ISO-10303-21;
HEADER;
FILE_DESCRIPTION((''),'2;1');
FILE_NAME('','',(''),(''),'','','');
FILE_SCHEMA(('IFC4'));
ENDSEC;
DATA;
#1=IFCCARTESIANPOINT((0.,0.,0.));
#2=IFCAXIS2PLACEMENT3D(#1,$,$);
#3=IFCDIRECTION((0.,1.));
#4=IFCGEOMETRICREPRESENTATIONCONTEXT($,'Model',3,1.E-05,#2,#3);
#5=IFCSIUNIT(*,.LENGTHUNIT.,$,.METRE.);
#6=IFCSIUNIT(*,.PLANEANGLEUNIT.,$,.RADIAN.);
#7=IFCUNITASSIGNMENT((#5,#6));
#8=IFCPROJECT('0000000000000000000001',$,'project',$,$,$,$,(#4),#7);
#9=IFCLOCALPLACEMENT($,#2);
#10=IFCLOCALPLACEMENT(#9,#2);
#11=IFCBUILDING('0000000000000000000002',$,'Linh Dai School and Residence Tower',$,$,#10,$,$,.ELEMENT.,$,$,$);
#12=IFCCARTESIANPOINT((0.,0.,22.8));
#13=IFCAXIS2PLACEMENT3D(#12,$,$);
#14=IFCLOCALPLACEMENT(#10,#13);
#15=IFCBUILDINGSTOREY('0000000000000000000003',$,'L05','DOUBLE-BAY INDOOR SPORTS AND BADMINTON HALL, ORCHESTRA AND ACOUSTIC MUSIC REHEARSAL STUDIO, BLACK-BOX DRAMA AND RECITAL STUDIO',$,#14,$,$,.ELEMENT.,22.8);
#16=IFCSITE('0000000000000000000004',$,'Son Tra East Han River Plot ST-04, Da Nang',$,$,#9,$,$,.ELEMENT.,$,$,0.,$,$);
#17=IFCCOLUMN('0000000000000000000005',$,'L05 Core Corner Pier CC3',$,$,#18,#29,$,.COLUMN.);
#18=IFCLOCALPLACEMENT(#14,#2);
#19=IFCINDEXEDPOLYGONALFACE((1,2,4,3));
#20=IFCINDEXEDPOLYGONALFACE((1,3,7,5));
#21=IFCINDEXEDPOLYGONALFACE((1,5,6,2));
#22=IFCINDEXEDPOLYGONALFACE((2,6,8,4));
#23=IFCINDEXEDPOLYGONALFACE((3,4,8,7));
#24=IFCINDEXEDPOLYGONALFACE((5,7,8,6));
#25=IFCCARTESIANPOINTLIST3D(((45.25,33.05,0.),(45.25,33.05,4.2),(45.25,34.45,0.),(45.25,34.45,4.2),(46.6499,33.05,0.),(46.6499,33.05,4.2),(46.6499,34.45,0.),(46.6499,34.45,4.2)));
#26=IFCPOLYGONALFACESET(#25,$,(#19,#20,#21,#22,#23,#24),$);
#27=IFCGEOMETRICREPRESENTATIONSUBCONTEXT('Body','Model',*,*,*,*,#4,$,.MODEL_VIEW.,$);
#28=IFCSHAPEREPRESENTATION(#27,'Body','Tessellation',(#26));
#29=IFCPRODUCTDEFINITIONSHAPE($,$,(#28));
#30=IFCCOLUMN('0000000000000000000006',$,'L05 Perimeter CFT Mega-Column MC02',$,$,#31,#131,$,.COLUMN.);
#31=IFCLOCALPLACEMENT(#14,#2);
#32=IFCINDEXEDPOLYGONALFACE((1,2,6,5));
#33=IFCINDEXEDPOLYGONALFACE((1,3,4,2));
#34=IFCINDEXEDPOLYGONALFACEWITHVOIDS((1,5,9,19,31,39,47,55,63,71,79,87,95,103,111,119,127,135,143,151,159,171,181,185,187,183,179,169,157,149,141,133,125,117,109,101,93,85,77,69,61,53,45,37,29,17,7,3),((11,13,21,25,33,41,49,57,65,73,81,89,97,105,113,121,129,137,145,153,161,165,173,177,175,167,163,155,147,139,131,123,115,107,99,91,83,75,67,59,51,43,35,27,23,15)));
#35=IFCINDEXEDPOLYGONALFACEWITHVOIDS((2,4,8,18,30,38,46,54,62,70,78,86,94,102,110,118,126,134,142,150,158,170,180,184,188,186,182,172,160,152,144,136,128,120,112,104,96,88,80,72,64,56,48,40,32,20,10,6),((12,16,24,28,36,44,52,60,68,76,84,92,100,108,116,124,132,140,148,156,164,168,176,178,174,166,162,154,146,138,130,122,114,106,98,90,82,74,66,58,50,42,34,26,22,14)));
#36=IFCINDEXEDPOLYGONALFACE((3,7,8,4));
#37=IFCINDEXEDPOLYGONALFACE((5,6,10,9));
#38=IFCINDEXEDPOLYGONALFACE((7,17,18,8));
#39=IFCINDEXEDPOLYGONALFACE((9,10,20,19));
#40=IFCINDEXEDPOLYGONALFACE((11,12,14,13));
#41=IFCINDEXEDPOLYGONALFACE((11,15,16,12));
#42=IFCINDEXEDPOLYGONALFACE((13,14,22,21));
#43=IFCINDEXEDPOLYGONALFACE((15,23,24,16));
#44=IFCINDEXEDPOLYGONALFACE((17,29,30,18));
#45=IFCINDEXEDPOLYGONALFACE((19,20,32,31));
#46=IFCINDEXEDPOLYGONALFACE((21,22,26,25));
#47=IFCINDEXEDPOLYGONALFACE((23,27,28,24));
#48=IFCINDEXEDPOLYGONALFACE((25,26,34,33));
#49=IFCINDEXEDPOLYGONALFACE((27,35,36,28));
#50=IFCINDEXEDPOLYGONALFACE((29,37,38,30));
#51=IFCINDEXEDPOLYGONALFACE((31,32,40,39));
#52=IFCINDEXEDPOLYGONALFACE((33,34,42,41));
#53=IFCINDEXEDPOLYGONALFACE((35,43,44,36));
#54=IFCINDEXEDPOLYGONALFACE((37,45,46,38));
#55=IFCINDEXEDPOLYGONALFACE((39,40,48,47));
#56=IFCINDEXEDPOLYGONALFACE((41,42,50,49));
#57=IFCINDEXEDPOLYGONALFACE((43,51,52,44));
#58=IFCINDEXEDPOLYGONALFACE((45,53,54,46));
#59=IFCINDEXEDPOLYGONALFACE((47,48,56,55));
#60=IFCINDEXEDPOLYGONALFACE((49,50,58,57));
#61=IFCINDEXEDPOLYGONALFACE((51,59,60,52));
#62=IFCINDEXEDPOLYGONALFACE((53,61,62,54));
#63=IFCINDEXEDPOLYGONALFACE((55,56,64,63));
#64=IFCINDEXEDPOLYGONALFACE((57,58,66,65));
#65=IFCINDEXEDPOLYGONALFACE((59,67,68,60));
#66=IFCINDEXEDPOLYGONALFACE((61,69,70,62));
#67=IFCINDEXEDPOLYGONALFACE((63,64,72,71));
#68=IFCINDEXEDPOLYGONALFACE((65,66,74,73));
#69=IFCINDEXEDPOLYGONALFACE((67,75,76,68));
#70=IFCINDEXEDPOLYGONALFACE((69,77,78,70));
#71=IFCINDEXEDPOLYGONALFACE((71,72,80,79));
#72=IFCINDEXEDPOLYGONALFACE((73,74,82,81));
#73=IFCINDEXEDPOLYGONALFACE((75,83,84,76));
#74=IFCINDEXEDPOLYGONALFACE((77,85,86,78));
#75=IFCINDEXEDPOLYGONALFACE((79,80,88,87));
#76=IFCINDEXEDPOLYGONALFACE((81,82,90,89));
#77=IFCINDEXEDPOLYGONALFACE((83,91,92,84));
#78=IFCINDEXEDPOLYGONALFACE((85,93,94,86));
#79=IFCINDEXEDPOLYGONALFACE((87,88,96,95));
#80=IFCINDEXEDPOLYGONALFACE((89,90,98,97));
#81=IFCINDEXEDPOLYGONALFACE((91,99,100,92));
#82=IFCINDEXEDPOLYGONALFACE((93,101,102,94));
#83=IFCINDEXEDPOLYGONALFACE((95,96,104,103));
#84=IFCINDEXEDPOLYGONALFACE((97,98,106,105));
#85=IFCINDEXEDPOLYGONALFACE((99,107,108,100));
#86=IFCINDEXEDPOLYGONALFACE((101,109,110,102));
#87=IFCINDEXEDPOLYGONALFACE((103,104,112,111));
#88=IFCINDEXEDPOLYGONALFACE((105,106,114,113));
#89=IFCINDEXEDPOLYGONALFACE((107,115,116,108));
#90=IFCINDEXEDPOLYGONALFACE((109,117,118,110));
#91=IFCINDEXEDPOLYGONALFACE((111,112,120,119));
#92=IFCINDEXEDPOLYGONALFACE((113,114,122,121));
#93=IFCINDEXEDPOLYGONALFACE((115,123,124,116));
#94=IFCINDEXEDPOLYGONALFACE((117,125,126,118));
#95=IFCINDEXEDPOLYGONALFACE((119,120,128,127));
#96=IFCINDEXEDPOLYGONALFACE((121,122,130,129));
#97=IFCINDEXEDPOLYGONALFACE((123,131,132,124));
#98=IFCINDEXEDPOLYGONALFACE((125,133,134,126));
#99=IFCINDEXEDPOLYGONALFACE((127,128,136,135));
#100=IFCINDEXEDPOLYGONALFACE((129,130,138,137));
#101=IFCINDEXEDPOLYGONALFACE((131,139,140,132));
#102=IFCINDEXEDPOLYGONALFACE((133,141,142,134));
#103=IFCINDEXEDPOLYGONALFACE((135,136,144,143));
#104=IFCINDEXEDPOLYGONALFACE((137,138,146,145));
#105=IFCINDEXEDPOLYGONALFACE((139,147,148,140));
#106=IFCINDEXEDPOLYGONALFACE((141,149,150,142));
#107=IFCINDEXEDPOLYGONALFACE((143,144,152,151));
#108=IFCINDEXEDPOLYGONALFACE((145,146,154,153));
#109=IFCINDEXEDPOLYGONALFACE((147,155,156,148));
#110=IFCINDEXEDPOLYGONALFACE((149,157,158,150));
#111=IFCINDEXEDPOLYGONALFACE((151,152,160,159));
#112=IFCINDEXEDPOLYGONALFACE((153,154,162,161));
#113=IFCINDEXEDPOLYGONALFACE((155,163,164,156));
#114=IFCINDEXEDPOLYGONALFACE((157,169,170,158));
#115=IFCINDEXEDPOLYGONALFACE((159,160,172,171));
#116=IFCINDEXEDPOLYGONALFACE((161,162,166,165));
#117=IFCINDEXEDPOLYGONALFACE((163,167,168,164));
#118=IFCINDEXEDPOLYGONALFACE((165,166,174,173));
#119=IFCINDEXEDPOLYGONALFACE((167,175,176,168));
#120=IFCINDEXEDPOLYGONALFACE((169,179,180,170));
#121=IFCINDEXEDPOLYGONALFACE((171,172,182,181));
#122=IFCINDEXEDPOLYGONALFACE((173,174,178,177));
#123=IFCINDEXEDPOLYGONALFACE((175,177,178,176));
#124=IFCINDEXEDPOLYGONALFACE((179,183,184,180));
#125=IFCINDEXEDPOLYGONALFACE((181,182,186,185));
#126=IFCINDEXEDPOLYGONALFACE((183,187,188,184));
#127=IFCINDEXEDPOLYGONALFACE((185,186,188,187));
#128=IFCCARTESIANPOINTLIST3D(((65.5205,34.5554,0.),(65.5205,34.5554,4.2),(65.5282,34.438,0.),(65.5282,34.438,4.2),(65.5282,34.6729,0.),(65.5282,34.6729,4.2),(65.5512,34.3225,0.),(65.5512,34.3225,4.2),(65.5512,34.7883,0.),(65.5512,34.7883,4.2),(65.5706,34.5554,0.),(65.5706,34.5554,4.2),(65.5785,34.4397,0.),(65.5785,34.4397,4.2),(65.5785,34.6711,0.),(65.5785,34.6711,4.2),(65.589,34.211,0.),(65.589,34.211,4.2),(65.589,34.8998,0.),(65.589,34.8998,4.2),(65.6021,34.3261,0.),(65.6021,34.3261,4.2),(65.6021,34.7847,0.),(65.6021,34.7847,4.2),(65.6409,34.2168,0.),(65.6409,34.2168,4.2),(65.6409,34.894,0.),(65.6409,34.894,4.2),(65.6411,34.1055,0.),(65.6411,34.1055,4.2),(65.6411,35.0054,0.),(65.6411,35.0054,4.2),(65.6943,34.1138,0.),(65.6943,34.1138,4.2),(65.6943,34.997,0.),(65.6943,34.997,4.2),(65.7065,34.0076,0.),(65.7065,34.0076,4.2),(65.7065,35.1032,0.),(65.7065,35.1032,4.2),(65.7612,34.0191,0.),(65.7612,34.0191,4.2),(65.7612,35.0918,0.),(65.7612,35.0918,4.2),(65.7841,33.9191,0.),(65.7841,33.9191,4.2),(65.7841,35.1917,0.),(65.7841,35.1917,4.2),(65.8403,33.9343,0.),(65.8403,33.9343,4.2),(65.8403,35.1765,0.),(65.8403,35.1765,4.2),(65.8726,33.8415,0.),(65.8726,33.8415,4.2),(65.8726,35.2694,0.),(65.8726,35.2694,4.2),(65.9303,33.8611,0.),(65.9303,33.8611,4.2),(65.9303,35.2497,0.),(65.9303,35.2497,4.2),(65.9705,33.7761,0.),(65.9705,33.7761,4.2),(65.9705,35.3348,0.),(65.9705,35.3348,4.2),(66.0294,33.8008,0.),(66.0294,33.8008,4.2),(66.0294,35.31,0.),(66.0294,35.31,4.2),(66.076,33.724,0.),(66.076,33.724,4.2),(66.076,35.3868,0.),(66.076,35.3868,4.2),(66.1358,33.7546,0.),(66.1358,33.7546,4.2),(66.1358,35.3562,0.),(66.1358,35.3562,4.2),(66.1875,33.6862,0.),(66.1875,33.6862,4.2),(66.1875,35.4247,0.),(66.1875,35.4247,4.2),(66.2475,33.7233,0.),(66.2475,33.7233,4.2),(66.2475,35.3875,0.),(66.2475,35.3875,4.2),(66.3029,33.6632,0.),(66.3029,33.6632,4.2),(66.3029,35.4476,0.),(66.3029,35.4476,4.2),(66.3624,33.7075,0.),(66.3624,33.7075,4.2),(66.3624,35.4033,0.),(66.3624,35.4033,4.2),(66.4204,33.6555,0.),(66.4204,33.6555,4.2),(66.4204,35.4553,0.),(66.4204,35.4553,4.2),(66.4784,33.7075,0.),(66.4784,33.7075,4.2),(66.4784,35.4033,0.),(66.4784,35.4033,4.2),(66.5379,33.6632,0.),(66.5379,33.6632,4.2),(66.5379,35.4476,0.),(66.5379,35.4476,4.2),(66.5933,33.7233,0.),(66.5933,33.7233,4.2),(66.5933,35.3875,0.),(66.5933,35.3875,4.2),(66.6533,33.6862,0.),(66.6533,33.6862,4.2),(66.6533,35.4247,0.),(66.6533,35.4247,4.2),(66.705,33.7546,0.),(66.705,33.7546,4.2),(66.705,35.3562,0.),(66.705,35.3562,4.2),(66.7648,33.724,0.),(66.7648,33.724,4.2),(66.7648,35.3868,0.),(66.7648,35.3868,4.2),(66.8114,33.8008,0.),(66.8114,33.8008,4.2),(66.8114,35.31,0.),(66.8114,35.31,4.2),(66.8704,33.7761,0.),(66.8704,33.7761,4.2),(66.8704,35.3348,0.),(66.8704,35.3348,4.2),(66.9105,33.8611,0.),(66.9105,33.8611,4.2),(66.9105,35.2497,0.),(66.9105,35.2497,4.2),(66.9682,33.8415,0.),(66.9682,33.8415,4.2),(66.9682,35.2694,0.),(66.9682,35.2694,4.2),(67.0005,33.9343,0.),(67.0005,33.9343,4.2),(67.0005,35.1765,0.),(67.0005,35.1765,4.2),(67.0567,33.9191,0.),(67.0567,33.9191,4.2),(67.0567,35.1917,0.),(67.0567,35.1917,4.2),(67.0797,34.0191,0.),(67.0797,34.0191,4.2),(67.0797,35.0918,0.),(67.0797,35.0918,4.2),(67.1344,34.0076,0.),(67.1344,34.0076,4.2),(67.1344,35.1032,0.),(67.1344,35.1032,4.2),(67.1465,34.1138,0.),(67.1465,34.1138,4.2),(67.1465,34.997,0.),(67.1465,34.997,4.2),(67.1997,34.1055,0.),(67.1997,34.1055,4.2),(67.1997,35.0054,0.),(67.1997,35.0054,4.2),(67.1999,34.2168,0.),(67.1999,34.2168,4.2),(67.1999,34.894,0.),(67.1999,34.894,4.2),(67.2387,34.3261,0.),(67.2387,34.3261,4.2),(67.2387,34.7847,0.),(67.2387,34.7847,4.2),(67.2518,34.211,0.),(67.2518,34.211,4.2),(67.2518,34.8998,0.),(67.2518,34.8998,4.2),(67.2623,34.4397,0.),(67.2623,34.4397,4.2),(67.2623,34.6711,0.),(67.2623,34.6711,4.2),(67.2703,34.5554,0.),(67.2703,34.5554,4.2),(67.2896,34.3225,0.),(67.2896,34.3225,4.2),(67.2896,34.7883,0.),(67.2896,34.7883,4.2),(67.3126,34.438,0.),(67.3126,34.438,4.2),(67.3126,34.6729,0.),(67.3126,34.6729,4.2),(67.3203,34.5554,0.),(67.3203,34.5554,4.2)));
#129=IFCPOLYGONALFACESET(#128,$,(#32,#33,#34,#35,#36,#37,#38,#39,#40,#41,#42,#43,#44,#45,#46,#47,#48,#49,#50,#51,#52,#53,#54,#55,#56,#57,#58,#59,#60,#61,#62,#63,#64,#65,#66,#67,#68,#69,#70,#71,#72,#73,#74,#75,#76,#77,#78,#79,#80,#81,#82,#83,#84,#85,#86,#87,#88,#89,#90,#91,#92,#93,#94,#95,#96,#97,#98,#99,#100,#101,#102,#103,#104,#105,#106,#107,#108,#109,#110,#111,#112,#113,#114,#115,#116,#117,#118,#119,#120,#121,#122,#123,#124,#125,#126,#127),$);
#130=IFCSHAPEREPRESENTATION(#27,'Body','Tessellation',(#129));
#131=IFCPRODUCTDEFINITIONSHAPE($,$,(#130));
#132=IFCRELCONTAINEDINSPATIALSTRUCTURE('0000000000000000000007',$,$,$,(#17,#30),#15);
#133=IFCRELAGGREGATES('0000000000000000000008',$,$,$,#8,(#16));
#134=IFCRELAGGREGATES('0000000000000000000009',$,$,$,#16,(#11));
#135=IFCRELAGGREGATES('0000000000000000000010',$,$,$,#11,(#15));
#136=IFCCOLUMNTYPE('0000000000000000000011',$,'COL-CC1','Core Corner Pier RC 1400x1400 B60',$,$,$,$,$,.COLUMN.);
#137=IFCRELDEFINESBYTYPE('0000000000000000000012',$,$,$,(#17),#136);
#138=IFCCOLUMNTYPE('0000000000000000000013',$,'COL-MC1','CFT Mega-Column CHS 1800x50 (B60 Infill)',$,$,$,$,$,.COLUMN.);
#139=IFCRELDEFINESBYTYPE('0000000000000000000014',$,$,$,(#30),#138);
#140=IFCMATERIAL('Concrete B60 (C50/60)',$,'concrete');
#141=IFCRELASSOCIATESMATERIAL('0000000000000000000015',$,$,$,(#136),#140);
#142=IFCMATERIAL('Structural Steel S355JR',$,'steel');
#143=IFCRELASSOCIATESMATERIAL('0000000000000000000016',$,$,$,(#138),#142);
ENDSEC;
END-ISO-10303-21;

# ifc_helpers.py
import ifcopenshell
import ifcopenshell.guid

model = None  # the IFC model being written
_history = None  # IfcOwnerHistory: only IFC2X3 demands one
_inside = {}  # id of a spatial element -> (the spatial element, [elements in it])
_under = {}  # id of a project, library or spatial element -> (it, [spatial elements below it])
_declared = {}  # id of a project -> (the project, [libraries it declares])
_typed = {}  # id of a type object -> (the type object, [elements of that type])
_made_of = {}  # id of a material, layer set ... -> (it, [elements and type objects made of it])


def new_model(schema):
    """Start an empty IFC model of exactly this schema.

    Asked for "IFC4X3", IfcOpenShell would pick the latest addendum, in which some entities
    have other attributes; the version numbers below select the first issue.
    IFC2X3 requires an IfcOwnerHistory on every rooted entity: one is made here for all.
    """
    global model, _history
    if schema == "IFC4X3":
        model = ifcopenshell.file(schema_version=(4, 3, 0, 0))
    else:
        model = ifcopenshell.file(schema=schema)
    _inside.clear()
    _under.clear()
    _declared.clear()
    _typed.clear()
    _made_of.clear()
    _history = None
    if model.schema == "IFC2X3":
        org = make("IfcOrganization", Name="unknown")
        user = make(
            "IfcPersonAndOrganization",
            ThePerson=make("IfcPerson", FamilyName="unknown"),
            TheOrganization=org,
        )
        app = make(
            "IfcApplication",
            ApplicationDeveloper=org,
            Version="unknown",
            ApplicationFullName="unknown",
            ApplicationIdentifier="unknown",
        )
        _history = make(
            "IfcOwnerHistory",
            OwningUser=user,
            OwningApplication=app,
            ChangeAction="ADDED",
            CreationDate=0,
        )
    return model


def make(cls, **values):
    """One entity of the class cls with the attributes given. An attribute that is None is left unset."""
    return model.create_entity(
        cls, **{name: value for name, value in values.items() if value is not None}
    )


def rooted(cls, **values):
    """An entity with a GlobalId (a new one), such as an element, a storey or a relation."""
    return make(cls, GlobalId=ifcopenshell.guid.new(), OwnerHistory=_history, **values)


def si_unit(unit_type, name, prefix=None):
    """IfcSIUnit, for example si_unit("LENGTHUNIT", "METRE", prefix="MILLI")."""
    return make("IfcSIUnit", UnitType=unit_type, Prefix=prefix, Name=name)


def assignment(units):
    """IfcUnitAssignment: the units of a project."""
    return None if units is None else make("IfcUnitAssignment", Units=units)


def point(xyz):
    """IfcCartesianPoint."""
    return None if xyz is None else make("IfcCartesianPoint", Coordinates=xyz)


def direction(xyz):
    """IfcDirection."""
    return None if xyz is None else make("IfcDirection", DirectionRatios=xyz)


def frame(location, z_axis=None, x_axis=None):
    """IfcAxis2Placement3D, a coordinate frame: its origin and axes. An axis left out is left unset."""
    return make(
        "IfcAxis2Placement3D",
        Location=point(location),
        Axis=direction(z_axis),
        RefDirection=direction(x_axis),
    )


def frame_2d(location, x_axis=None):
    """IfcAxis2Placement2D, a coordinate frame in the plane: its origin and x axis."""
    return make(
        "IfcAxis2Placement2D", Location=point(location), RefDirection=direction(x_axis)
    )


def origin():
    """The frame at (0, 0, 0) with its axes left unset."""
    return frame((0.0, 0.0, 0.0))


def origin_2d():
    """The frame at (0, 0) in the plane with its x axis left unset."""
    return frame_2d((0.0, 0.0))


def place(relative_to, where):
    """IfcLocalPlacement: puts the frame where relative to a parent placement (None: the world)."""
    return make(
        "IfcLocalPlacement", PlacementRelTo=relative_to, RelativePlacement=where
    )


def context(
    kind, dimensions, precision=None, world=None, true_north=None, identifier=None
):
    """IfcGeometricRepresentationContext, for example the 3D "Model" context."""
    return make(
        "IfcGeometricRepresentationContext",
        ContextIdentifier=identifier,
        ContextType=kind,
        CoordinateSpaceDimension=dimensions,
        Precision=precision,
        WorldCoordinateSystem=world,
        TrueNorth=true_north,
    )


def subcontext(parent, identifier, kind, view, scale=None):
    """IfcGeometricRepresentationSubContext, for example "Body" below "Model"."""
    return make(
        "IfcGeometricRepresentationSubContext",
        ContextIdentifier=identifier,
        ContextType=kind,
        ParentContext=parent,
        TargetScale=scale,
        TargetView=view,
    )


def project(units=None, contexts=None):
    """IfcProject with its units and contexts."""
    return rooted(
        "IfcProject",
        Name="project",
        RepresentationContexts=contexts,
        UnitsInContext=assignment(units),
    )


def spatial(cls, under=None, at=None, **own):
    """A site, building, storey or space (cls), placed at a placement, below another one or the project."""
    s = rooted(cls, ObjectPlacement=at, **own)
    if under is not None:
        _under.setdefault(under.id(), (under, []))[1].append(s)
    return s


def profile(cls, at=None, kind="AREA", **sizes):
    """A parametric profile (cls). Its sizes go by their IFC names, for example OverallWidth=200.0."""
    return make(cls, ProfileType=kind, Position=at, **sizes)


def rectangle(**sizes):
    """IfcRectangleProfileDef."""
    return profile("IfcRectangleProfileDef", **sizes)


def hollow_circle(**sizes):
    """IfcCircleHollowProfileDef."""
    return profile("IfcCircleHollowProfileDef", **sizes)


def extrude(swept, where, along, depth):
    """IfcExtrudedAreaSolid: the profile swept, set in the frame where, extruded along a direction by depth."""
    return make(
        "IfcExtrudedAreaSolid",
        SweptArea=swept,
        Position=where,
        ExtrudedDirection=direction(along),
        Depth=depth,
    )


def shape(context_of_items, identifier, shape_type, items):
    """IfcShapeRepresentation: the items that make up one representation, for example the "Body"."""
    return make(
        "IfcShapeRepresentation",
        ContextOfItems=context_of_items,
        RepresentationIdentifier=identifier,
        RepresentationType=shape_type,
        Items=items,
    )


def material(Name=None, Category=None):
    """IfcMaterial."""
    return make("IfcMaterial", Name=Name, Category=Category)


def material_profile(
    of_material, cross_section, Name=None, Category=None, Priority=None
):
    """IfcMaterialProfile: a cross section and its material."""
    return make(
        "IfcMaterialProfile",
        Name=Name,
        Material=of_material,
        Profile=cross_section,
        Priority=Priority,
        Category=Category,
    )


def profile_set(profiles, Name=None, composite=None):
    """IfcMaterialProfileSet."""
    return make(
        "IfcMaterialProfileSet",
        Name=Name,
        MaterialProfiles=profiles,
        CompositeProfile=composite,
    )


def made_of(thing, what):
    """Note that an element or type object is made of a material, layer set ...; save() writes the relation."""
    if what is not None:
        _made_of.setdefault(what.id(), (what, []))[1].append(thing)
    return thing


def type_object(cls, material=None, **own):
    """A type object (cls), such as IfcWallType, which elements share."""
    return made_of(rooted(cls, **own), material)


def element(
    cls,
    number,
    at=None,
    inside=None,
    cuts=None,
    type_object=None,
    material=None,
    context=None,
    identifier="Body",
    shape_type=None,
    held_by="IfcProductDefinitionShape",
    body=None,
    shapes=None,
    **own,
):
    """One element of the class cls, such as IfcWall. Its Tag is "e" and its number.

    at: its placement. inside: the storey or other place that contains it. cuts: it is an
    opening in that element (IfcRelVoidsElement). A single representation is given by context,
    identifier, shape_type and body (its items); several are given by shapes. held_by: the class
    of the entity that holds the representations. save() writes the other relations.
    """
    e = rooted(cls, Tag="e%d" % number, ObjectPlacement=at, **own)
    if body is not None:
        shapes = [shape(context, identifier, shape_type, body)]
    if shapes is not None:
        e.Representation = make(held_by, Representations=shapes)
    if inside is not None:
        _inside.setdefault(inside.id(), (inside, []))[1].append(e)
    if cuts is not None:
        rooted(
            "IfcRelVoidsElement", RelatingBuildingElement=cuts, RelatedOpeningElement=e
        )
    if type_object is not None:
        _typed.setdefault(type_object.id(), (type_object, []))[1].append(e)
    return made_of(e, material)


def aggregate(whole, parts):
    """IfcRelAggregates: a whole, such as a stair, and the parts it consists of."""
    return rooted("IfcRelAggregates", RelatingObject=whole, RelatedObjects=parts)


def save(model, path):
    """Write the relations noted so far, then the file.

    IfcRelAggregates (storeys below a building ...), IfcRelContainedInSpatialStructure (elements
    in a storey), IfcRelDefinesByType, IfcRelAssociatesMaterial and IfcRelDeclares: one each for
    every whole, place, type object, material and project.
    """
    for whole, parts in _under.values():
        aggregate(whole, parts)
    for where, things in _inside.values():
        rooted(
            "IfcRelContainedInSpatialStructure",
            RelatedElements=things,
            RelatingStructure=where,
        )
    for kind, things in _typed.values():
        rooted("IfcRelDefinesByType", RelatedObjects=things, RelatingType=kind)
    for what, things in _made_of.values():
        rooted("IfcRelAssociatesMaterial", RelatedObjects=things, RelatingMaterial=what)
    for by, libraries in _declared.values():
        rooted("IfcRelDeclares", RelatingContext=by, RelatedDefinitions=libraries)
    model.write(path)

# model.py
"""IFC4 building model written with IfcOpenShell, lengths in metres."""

from ifc_helpers import new_model, si_unit, direction, frame, origin, origin_2d, place, context, subcontext, project, spatial, rectangle, hollow_circle, extrude, material, material_profile, profile_set, type_object, element, save


model = new_model("IFC4")

# Units and contexts
model_context = context("Model", 3, precision=1e-05, world=origin(), true_north=direction((0.0, 1.0)))
body_context = subcontext(model_context, "Body", "Model", "MODEL_VIEW")
ifc_project = project(units=[si_unit("LENGTHUNIT", "METRE"), si_unit("PLANEANGLEUNIT", "RADIAN")], contexts=[model_context])

# Site, building, storey
site_placement = place(None, origin())
site = spatial("IfcSite", under=ifc_project, at=site_placement, Name="Son Tra East Han River Plot ST-04, Da Nang", CompositionType="ELEMENT", RefElevation=0.0)
building_placement = place(site_placement, origin())
building = spatial("IfcBuilding", under=site, at=building_placement, Name="Linh Dai School and Residence Tower", CompositionType="ELEMENT")
storey_placement = place(building_placement, frame((0.0, 0.0, 22.8)))
storey = spatial("IfcBuildingStorey", under=building, at=storey_placement, Name="L05", Description="DOUBLE-BAY INDOOR SPORTS AND BADMINTON HALL, ORCHESTRA AND ACOUSTIC MUSIC REHEARSAL STUDIO, BLACK-BOX DRAMA AND RECITAL STUDIO", CompositionType="ELEMENT", Elevation=22.8)

# Columns
ifc_material_1 = material(Name="Concrete B60 (C50/60)", Category="concrete")
ifc_material_profile_1 = material_profile(ifc_material_1, rectangle(XDim=1.3999, YDim=1.3999, at=origin_2d()), Name="RC 1400x1400")
ifc_profile_set_1 = profile_set([ifc_material_profile_1], Name="Concrete B60 (C50/60)")
column_type_1 = type_object("IfcColumnType", Name="COL-CC1", Description="Core Corner Pier RC 1400x1400 B60", PredefinedType="COLUMN", material=ifc_profile_set_1)
column_placement = place(storey_placement, frame((45.95, 33.75, 0.0), z_axis=(0.0, 0.0, 1.0), x_axis=(1.0, 0.0, 0.0)))
element("IfcColumn", 1, at=column_placement, inside=storey, type_object=column_type_1, Name="L05 Core Corner Pier CC3", PredefinedType="COLUMN", context=body_context, shape_type="SweptSolid", body=[
    extrude(rectangle(XDim=1.3999, YDim=1.3999, at=origin_2d()), origin(), (0.0, 0.0, 1.0), 4.2),
])
ifc_material_2 = material(Name="Structural Steel S355JR", Category="steel")
ifc_material_profile_2 = material_profile(ifc_material_2, hollow_circle(Radius=0.8999, WallThickness=0.05, at=origin_2d()), Name="CHS 1800x50")
ifc_profile_set_2 = profile_set([ifc_material_profile_2], Name="Structural Steel S355JR")
column_type_2 = type_object("IfcColumnType", Name="COL-MC1", Description="CFT Mega-Column CHS 1800x50 (B60 Infill)", PredefinedType="COLUMN", material=ifc_profile_set_2)
for number, where, z_axis, x_axis, name in (
    (2, (66.4204, 34.5554, 0.0), (0.0, 0.0, 1.0), (1.0, 0.0, 0.0), "L05 Perimeter CFT Mega-Column MC02"),
):
    element("IfcColumn", number, at=place(storey_placement, frame(where, z_axis=z_axis, x_axis=x_axis)), inside=storey, type_object=column_type_2, Name=name, PredefinedType="COLUMN", context=body_context, shape_type="SweptSolid", body=[
        extrude(hollow_circle(Radius=0.8999, WallThickness=0.05, at=origin_2d()), origin(), (0.0, 0.0, 1.0), 4.2),
    ])

save(model, "model.ifc")
